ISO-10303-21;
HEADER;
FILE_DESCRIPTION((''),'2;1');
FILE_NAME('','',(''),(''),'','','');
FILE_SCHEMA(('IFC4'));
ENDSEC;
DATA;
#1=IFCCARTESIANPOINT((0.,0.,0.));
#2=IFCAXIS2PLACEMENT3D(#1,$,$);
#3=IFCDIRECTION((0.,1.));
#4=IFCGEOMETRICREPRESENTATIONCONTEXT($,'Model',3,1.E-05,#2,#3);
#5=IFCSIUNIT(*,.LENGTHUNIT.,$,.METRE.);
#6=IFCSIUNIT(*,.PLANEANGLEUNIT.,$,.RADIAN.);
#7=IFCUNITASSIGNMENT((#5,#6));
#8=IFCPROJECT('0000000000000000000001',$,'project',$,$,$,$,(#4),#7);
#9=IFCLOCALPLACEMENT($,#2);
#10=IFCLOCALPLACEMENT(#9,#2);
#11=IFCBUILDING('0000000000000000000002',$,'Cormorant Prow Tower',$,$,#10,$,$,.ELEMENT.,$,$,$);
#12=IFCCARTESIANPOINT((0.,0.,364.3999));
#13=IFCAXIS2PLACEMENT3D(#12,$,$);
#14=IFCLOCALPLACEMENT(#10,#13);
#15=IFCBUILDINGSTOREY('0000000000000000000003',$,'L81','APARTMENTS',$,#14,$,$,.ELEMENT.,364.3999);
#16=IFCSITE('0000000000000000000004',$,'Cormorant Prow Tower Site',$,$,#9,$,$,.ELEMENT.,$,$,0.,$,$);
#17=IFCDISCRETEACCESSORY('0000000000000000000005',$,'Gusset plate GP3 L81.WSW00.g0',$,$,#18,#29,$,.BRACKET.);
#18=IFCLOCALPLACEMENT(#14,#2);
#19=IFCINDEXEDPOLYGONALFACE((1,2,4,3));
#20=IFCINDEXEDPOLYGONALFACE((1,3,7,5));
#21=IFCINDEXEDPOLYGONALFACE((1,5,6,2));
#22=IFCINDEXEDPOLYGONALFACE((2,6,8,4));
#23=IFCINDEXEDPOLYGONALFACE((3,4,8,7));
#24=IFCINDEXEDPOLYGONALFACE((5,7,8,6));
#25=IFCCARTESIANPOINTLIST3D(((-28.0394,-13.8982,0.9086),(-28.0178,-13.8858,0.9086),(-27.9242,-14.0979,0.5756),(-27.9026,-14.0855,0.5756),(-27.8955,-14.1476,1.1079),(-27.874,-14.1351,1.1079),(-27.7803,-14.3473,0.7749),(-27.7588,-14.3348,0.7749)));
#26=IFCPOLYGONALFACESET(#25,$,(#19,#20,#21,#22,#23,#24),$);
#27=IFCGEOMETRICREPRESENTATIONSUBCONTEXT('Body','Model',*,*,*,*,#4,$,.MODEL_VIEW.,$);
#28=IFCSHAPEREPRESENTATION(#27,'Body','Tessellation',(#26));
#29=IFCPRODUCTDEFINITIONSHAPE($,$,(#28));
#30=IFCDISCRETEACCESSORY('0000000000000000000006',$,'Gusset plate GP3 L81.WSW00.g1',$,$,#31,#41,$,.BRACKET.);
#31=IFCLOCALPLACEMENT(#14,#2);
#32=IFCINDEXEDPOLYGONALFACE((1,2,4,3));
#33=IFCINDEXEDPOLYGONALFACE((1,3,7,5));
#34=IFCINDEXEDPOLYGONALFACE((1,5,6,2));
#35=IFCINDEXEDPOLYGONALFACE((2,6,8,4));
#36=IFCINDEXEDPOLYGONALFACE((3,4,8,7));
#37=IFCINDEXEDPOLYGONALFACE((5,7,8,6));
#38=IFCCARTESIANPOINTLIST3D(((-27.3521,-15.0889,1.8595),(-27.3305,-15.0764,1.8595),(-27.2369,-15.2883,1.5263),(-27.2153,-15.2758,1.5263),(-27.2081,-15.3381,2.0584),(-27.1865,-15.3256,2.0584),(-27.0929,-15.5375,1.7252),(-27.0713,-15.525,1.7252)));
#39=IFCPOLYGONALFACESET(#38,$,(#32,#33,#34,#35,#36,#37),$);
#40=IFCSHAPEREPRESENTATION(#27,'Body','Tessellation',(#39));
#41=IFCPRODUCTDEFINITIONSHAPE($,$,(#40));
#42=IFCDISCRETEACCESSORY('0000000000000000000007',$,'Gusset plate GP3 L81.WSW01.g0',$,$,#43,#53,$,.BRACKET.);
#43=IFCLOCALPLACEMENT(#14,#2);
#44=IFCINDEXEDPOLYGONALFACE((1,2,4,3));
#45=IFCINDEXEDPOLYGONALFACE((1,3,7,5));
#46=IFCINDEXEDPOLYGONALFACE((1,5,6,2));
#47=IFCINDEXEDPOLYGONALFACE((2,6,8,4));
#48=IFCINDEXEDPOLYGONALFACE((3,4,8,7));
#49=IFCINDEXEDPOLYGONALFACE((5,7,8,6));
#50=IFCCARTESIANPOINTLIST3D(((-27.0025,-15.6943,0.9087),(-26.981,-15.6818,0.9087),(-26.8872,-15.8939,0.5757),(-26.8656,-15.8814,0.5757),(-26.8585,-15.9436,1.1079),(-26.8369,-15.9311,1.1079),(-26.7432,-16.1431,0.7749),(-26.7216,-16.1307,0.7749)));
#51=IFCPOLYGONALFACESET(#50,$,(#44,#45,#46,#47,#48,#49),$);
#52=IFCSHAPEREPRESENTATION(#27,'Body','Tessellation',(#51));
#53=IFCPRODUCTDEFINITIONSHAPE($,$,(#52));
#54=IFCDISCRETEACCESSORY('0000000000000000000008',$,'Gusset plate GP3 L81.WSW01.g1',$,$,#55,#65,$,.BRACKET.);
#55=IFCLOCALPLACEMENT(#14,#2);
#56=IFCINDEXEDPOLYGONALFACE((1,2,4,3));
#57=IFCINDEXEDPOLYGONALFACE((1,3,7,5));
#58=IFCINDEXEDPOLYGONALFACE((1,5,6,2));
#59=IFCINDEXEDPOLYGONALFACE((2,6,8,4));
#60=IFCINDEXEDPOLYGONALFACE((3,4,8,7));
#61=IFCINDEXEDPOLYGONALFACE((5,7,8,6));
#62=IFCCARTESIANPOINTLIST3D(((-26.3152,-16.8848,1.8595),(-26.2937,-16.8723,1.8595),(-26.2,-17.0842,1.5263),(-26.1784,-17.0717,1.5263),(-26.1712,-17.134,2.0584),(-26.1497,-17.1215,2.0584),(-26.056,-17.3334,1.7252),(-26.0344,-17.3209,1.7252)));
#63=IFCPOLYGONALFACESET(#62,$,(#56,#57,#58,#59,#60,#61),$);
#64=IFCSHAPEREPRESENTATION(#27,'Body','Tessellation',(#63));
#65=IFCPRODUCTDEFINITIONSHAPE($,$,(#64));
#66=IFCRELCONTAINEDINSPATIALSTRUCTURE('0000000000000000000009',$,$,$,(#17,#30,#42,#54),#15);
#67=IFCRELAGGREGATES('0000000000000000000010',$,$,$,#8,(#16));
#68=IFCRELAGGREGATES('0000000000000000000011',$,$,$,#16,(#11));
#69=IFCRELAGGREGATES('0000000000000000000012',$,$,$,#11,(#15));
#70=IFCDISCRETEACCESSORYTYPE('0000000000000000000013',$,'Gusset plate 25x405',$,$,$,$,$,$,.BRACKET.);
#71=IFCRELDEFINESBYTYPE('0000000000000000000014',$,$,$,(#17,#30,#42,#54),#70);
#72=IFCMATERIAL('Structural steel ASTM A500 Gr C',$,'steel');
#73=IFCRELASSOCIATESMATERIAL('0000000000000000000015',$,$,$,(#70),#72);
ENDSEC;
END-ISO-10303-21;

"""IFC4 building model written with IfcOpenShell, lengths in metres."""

from ifc_helpers import new_model, si_unit, direction, frame, origin, origin_2d, place, context, subcontext, project, spatial, rectangle, extrude, material, material_profile, profile_set, type_object, element, save


model = new_model("IFC4")

# Units and contexts
model_context = context("Model", 3, precision=1e-05, world=origin(), true_north=direction((0.0, 1.0)))
body_context = subcontext(model_context, "Body", "Model", "MODEL_VIEW")
ifc_project = project(units=[si_unit("LENGTHUNIT", "METRE"), si_unit("PLANEANGLEUNIT", "RADIAN")], contexts=[model_context])

# Site, building, storey
site_placement = place(None, origin())
site = spatial("IfcSite", under=ifc_project, at=site_placement, Name="Cormorant Prow Tower Site", CompositionType="ELEMENT", RefElevation=0.0)
building_placement = place(site_placement, origin())
building = spatial("IfcBuilding", under=site, at=building_placement, Name="Cormorant Prow Tower", CompositionType="ELEMENT")
storey_placement = place(building_placement, frame((0.0, 0.0, 364.3999)))
storey = spatial("IfcBuildingStorey", under=building, at=storey_placement, Name="L81", Description="APARTMENTS", CompositionType="ELEMENT", Elevation=364.3999)

# Discrete accessories
ifc_material_1 = material(Name="Structural steel ASTM A500 Gr C", Category="steel")
ifc_material_profile_1 = material_profile(ifc_material_1, rectangle(XDim=0.0249, YDim=0.405, at=origin_2d()), Name="Gusset plate 25x405")
ifc_profile_set_1 = profile_set([ifc_material_profile_1], Name="Structural steel ASTM A500 Gr C")
discrete_accessory_type = type_object("IfcDiscreteAccessoryType", Name="Gusset plate 25x405", PredefinedType="BRACKET", material=ifc_profile_set_1)
discrete_accessory_1_placement = place(storey_placement, frame((-27.8271, -14.2412, 0.9414), z_axis=(-0.410853, 0.712192, -0.569195), x_axis=(-0.8662, -0.499698, 0.0)))
element("IfcDiscreteAccessory", 1, at=discrete_accessory_1_placement, inside=storey, type_object=discrete_accessory_type, Name="Gusset plate GP3 L81.WSW00.g0", PredefinedType="BRACKET", context=body_context, shape_type="SweptSolid", body=[
    extrude(rectangle(XDim=0.0249, YDim=0.405, at=origin_2d()), origin(), (0.0, 0.0, 1.0), 0.3501),
])
discrete_accessory_2_placement = place(storey_placement, frame((-27.2837, -15.1824, 1.6929), z_axis=(0.411596, -0.71227, 0.56856), x_axis=(0.865832, 0.500334, 0.0)))
element("IfcDiscreteAccessory", 2, at=discrete_accessory_2_placement, inside=storey, type_object=discrete_accessory_type, Name="Gusset plate GP3 L81.WSW00.g1", PredefinedType="BRACKET", context=body_context, shape_type="SweptSolid", body=[
    extrude(rectangle(XDim=0.0249, YDim=0.405, at=origin_2d()), origin(), (0.0, 0.0, 1.0), 0.3499),
])
discrete_accessory_3_placement = place(storey_placement, frame((-26.79, -16.0371, 0.9414), z_axis=(-0.411432, 0.711987, -0.569032), x_axis=(-0.865832, -0.500334, 0.0)))
element("IfcDiscreteAccessory", 3, at=discrete_accessory_3_placement, inside=storey, type_object=discrete_accessory_type, Name="Gusset plate GP3 L81.WSW01.g0", PredefinedType="BRACKET", context=body_context, shape_type="SweptSolid", body=[
    extrude(rectangle(XDim=0.0249, YDim=0.405, at=origin_2d()), origin(), (0.0, 0.0, 1.0), 0.3501),
])
discrete_accessory_4_placement = place(storey_placement, frame((-26.2468, -16.9783, 1.6929), z_axis=(0.411596, -0.71227, 0.56856), x_axis=(0.865832, 0.500334, 0.0)))
element("IfcDiscreteAccessory", 4, at=discrete_accessory_4_placement, inside=storey, type_object=discrete_accessory_type, Name="Gusset plate GP3 L81.WSW01.g1", PredefinedType="BRACKET", context=body_context, shape_type="SweptSolid", body=[
    extrude(rectangle(XDim=0.0249, YDim=0.405, at=origin_2d()), origin(), (0.0, 0.0, 1.0), 0.3499),
])

save(model, "model.ifc")
